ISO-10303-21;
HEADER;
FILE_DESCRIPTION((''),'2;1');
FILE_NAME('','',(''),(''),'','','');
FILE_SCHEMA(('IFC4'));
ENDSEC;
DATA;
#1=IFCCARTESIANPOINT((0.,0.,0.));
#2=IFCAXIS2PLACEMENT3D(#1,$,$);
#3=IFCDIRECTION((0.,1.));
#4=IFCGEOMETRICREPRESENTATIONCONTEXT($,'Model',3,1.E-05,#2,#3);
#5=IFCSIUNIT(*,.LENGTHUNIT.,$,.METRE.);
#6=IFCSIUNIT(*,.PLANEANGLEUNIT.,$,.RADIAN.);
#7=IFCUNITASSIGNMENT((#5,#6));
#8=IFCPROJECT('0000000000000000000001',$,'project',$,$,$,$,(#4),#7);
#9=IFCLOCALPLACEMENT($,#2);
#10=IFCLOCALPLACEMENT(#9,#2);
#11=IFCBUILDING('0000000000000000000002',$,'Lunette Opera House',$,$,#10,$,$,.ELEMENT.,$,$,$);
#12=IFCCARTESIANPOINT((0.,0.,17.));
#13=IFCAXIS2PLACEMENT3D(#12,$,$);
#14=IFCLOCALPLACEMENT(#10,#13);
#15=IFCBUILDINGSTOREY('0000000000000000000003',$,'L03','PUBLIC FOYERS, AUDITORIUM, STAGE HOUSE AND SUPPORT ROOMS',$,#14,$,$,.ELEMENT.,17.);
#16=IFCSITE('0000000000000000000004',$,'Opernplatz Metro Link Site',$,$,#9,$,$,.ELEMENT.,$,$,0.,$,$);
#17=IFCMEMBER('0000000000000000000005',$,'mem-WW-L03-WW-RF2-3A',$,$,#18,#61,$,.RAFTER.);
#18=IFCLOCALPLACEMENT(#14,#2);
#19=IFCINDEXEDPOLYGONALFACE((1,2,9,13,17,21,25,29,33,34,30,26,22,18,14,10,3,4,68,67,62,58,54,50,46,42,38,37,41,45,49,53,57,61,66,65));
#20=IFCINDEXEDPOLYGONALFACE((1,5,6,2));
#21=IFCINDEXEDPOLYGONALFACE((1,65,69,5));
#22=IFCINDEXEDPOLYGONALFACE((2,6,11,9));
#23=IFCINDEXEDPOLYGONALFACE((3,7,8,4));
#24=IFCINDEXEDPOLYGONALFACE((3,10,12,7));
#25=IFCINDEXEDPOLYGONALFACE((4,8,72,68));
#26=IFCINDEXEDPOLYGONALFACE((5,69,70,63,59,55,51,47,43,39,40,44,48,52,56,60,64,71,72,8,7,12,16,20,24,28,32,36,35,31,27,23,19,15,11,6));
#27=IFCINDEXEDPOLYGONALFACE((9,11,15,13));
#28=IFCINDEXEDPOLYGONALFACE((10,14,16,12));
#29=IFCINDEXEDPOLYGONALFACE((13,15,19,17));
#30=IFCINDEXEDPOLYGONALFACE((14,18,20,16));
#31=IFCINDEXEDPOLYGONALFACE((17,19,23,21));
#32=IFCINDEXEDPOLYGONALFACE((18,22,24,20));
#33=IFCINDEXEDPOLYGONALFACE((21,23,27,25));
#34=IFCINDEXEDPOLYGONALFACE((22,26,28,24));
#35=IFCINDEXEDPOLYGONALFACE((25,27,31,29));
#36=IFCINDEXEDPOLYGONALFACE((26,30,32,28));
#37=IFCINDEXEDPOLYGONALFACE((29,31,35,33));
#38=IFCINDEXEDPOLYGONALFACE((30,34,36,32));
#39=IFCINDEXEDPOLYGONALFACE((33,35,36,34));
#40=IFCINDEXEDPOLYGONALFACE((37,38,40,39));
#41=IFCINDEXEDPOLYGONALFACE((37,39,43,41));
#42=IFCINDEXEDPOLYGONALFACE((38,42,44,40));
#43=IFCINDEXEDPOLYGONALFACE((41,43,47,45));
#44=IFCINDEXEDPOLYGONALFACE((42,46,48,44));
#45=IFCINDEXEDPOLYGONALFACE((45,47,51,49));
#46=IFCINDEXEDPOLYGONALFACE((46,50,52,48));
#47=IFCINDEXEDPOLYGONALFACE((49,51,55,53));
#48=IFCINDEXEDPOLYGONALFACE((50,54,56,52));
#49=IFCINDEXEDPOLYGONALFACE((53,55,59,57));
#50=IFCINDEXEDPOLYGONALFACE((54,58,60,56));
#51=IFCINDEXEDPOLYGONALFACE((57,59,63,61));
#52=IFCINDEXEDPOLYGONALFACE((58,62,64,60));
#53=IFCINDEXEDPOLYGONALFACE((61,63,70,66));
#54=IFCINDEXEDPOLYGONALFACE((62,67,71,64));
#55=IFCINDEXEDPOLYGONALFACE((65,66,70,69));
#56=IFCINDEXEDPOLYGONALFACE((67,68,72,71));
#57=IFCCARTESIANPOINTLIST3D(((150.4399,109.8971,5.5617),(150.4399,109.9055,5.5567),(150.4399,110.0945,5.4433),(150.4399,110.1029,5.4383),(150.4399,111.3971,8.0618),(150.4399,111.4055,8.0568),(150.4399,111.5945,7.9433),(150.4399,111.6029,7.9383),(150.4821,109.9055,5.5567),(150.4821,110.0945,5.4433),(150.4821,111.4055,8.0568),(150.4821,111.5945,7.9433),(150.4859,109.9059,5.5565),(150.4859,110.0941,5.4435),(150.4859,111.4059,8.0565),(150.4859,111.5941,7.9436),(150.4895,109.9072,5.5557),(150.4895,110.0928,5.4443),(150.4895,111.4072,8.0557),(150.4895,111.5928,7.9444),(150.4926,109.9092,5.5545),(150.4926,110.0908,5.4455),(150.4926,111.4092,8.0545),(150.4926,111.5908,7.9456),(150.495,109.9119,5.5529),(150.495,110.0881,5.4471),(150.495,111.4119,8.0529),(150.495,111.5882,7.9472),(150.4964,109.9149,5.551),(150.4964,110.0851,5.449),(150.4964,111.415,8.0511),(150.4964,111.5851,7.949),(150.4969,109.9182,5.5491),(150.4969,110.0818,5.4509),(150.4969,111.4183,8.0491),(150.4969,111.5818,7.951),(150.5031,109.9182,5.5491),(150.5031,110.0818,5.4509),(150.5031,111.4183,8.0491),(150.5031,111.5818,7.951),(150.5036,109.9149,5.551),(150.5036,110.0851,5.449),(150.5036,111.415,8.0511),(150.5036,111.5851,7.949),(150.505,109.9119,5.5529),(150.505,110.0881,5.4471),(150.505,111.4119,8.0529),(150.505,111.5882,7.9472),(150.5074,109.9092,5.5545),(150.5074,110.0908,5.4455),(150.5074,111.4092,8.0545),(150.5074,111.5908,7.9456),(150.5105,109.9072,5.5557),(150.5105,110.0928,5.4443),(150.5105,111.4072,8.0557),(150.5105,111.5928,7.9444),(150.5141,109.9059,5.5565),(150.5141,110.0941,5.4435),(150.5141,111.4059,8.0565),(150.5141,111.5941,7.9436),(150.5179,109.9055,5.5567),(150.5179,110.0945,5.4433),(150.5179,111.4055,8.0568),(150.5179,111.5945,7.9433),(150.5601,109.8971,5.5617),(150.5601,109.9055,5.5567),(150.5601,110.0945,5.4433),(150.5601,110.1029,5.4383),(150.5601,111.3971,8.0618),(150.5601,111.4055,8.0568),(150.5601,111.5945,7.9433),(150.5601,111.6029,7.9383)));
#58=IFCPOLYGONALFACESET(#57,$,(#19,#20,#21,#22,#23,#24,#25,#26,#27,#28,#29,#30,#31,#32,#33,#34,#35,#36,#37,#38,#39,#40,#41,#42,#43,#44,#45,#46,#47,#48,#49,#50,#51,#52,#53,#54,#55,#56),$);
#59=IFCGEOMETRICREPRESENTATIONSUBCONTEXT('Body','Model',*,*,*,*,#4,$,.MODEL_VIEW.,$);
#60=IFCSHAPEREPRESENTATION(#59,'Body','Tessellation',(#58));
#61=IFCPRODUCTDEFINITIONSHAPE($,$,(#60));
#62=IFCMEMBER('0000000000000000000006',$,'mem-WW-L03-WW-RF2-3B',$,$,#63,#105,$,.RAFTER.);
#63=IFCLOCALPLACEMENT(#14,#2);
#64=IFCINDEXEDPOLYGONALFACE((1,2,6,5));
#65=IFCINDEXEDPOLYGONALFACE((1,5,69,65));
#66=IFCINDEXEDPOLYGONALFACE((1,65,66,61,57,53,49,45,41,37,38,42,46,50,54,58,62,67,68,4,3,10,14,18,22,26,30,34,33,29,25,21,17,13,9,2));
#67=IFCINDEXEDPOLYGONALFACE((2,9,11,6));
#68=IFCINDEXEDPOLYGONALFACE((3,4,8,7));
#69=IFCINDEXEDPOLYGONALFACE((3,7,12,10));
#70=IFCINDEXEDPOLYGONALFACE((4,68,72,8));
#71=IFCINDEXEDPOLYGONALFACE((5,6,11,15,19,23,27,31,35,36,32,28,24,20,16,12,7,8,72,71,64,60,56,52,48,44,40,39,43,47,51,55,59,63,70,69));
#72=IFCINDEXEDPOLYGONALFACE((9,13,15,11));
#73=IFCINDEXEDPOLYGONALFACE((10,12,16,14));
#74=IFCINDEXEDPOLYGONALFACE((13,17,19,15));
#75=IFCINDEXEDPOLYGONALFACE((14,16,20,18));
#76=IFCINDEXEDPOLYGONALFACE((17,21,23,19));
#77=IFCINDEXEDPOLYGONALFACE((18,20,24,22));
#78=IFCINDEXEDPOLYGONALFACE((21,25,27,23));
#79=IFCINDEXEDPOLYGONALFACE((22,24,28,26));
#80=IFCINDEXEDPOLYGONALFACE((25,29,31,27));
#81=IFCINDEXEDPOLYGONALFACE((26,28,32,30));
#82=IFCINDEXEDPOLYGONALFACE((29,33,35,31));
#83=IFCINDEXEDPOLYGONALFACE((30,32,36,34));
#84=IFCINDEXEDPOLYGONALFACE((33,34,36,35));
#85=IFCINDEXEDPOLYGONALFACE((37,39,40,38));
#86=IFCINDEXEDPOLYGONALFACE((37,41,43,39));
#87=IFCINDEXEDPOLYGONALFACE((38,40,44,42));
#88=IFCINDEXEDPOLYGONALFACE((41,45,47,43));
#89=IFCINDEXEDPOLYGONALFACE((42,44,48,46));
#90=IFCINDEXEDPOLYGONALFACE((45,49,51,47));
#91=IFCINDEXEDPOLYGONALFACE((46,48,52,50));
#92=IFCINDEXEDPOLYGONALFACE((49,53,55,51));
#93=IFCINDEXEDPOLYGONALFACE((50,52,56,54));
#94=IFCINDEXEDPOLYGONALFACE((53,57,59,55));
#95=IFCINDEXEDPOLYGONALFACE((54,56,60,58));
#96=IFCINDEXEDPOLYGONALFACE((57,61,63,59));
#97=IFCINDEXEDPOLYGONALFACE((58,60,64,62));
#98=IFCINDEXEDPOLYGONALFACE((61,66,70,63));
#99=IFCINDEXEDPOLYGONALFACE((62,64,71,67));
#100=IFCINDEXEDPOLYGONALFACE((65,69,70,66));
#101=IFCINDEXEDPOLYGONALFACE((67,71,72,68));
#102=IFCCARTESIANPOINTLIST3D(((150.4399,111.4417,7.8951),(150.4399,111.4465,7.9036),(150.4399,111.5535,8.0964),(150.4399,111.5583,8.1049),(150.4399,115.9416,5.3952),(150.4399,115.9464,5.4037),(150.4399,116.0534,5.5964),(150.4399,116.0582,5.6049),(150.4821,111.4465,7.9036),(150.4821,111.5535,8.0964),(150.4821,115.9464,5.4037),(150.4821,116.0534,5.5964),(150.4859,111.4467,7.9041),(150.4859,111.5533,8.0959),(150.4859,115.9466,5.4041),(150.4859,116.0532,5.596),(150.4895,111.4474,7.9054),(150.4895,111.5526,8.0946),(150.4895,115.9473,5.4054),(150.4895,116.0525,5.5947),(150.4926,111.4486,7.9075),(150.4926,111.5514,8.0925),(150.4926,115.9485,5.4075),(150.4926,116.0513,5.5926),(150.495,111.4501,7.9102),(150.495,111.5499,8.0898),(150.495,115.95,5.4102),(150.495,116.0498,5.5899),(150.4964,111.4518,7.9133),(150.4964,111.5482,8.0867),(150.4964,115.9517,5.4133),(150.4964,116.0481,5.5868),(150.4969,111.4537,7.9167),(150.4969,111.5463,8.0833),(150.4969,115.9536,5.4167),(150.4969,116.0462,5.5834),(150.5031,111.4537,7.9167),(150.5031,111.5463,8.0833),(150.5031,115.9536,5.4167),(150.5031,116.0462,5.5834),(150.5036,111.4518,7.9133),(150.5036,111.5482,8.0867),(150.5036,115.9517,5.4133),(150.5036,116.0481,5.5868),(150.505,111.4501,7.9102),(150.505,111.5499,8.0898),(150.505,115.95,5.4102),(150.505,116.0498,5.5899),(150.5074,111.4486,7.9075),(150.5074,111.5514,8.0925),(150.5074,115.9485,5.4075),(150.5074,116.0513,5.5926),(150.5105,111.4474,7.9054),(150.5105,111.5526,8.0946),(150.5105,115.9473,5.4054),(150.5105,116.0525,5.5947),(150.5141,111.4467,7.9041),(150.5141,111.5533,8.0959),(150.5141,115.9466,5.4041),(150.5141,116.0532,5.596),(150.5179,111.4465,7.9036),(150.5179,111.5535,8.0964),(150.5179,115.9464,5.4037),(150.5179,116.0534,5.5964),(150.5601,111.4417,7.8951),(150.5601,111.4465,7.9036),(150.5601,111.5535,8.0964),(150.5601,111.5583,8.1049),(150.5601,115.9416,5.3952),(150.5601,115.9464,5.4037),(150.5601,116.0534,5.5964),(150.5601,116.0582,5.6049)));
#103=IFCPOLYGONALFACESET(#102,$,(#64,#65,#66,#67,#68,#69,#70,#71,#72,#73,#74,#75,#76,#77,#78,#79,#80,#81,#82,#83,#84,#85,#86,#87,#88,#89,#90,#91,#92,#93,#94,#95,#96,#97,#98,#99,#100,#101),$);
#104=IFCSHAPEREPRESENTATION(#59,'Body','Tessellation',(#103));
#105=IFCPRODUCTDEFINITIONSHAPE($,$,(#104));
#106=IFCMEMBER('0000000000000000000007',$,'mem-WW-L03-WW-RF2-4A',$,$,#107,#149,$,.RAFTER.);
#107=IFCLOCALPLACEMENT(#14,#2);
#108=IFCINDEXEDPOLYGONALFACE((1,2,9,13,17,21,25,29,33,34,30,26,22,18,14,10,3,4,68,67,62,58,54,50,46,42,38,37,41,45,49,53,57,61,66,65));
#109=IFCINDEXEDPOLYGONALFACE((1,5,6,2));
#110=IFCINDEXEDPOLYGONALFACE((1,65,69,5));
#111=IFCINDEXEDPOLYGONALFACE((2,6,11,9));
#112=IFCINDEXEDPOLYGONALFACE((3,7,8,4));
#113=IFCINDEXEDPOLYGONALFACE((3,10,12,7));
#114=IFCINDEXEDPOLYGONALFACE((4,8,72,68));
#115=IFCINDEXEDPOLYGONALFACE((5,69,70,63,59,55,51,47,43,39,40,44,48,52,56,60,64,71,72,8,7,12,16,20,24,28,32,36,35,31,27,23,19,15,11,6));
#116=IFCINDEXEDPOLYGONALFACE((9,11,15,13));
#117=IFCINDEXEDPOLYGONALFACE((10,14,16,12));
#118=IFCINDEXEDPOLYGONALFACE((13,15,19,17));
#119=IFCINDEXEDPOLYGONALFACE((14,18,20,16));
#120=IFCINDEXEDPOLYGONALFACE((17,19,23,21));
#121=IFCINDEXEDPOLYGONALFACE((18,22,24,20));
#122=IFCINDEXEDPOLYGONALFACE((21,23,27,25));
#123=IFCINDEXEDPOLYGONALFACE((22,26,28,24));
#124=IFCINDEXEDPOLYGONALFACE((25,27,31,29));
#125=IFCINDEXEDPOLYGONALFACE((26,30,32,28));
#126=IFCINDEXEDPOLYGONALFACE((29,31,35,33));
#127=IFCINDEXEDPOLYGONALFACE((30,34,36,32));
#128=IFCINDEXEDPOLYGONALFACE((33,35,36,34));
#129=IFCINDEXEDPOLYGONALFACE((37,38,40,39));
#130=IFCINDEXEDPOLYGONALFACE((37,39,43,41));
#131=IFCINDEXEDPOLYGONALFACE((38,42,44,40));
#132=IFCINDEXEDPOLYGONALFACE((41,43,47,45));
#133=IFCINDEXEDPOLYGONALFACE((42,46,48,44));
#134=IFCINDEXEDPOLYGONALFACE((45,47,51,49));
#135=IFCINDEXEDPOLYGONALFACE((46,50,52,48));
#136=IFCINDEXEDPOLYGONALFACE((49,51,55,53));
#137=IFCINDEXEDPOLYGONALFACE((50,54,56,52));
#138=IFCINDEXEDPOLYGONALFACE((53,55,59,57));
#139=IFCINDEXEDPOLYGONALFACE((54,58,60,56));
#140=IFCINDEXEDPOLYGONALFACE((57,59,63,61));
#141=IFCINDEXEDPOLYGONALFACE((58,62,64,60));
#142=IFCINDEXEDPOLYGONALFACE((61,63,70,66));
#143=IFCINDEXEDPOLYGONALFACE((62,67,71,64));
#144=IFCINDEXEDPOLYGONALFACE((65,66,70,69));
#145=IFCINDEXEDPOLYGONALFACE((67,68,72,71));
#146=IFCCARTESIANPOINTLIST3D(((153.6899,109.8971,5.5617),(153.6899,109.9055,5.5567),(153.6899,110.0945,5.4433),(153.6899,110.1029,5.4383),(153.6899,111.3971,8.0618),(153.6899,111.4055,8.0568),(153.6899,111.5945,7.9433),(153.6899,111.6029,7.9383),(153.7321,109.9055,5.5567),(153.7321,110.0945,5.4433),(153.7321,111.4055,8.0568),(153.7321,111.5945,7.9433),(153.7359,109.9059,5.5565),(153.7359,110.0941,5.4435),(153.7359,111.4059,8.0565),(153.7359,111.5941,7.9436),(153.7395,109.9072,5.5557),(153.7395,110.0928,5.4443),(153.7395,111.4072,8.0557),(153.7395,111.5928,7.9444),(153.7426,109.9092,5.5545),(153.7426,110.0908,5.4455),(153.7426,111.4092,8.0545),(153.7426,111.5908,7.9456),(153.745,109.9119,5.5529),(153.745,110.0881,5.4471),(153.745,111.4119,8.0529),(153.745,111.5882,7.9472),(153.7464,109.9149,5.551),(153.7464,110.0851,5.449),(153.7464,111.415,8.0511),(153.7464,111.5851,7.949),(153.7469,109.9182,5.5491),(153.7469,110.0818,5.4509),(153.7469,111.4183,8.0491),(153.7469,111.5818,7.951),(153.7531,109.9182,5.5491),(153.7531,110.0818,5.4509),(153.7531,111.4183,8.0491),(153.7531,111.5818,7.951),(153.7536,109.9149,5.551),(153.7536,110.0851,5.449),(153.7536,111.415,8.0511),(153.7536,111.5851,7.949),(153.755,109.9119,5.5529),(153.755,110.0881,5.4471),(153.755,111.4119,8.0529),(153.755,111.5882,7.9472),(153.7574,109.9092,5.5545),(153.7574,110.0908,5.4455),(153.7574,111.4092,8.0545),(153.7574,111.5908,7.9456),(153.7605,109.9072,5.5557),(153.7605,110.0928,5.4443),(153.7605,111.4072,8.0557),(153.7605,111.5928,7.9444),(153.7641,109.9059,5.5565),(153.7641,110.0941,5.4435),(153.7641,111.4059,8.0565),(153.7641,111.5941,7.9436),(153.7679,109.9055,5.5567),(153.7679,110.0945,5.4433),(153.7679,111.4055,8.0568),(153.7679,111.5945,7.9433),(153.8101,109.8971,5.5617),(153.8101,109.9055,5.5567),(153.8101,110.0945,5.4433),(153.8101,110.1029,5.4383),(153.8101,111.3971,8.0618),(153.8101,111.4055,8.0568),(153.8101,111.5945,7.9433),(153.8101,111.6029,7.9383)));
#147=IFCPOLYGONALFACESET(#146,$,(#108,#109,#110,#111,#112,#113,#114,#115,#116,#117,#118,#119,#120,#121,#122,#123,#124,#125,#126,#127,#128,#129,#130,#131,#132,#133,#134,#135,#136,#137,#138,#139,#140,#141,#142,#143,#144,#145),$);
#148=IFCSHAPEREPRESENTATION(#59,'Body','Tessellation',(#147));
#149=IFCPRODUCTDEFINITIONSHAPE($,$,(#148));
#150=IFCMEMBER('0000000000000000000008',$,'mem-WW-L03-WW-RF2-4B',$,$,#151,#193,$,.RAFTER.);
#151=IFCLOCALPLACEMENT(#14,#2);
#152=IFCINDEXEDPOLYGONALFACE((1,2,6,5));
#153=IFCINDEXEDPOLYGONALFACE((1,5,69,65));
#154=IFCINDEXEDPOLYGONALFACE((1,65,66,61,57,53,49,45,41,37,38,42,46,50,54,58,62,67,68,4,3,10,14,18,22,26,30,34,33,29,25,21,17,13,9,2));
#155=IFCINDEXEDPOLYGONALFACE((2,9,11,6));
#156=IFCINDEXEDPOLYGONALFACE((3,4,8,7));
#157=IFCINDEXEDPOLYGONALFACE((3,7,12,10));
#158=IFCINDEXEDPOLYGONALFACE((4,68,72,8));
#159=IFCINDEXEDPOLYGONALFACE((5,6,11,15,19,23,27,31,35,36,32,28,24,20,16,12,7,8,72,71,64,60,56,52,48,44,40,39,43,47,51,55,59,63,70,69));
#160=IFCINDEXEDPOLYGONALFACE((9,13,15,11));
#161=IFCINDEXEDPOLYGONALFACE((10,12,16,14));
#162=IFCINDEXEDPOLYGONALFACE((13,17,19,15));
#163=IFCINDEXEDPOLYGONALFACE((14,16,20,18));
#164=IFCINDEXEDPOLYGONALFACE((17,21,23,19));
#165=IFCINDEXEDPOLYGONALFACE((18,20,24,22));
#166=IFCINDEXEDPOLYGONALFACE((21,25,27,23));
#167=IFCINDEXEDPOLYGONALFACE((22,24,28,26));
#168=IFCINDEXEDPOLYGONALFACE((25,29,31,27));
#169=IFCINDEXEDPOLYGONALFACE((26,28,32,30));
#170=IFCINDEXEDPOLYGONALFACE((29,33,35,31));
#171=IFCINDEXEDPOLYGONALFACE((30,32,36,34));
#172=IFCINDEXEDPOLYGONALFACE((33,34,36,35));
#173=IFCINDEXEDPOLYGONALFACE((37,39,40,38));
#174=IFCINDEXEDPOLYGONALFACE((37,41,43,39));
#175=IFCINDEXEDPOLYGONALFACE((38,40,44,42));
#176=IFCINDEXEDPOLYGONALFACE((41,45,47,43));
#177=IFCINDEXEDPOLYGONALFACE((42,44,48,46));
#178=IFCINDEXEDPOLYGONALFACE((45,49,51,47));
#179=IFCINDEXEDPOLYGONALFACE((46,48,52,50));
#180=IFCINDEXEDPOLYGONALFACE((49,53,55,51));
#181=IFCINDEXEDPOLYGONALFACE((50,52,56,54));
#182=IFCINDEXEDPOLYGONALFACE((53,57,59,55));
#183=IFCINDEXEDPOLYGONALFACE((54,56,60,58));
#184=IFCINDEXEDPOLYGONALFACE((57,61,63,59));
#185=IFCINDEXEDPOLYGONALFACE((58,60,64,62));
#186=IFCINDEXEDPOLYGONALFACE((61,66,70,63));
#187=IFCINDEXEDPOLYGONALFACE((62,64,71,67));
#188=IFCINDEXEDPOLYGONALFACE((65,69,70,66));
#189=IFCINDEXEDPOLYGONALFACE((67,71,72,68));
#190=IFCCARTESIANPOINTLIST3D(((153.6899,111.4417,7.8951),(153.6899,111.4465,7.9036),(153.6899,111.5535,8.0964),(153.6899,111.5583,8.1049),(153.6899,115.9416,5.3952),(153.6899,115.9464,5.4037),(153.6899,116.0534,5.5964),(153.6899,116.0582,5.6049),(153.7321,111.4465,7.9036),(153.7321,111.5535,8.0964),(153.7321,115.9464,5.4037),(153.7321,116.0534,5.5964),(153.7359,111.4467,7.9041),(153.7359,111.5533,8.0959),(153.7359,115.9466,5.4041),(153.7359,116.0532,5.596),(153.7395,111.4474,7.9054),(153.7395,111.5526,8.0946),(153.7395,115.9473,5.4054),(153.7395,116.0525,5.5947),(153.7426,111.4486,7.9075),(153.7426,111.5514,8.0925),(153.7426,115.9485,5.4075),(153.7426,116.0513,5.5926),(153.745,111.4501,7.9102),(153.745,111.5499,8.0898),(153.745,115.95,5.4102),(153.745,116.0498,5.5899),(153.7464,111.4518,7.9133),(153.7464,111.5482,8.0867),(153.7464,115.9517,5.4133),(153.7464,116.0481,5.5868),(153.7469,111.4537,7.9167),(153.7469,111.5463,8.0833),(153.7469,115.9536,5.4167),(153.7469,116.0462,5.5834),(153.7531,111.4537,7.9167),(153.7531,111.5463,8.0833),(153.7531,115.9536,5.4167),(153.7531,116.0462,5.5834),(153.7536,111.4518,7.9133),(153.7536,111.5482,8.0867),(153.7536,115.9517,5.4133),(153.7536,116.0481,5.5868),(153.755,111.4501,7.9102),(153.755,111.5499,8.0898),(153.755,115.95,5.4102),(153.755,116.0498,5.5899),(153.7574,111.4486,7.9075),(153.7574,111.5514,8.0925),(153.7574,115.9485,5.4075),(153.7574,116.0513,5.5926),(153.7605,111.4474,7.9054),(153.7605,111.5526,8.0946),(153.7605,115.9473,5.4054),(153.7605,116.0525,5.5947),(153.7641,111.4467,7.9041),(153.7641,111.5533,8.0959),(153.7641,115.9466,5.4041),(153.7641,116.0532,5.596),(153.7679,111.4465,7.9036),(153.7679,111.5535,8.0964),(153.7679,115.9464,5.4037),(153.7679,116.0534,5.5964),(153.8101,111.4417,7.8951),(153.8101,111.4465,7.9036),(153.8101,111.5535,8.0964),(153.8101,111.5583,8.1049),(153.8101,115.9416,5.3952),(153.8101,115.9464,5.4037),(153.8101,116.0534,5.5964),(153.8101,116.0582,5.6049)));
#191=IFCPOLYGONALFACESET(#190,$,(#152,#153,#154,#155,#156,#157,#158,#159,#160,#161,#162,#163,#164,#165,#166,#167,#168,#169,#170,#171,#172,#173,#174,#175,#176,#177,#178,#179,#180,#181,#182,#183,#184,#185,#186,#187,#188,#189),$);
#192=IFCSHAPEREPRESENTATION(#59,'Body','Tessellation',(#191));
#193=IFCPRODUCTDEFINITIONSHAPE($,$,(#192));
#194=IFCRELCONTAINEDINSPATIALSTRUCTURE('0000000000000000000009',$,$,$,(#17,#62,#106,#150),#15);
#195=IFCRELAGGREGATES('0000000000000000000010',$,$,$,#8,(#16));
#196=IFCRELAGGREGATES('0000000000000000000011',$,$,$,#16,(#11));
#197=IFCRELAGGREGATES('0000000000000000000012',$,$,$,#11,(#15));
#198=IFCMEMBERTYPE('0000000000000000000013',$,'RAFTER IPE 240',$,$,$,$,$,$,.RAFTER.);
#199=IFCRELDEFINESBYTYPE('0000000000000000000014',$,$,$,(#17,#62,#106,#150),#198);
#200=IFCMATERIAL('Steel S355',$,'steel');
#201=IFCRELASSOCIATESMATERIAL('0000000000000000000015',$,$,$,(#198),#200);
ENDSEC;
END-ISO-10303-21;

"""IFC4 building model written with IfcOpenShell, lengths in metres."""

from ifc_helpers import new_model, si_unit, direction, frame, origin, origin_2d, place, context, subcontext, project, spatial, i_section, extrude, material, material_profile, profile_set, type_object, element, save


model = new_model("IFC4")

# Units and contexts
model_context = context("Model", 3, precision=1e-05, world=origin(), true_north=direction((0.0, 1.0)))
body_context = subcontext(model_context, "Body", "Model", "MODEL_VIEW")
ifc_project = project(units=[si_unit("LENGTHUNIT", "METRE"), si_unit("PLANEANGLEUNIT", "RADIAN")], contexts=[model_context])

# Site, building, storey
site_placement = place(None, origin())
site = spatial("IfcSite", under=ifc_project, at=site_placement, Name="Opernplatz Metro Link Site", CompositionType="ELEMENT", RefElevation=0.0)
building_placement = place(site_placement, origin())
building = spatial("IfcBuilding", under=site, at=building_placement, Name="Lunette Opera House", CompositionType="ELEMENT")
storey_placement = place(building_placement, frame((0.0, 0.0, 17.0)))
storey = spatial("IfcBuildingStorey", under=building, at=storey_placement, Name="L03", Description="PUBLIC FOYERS, AUDITORIUM, STAGE HOUSE AND SUPPORT ROOMS", CompositionType="ELEMENT", Elevation=17.0)

# Members
ifc_material_1 = material(Name="Steel S355", Category="steel")
ifc_material_profile_1 = material_profile(ifc_material_1, i_section(OverallWidth=0.1201, OverallDepth=0.24, WebThickness=0.0061, FlangeThickness=0.0098, FilletRadius=0.0149, at=origin_2d()), Name="IPE 240")
ifc_profile_set_1 = profile_set([ifc_material_profile_1], Name="Steel S355")
member_type_1 = type_object("IfcMemberType", Name="RAFTER IPE 240", PredefinedType="RAFTER", material=ifc_profile_set_1)
member_1_placement = place(storey_placement, frame((150.5, 110.0, 5.5), z_axis=(0.0, 0.514496, 0.857493), x_axis=(-1.0, 0.0, 0.0)))
element("IfcMember", 1, at=member_1_placement, inside=storey, type_object=member_type_1, Name="mem-WW-L03-WW-RF2-3A", PredefinedType="RAFTER", context=body_context, shape_type="SweptSolid", body=[
    extrude(i_section(OverallWidth=0.1201, OverallDepth=0.24, WebThickness=0.0061, FlangeThickness=0.0098, FilletRadius=0.0149, at=origin_2d()), origin(), (0.0, 0.0, 1.0), 2.9155),
])
member_2_placement = place(storey_placement, frame((150.5, 111.5, 8.0), z_axis=(0.0, 0.874157, -0.485643), x_axis=(-1.0, 0.0, 0.0)))
element("IfcMember", 2, at=member_2_placement, inside=storey, type_object=member_type_1, Name="mem-WW-L03-WW-RF2-3B", PredefinedType="RAFTER", context=body_context, shape_type="SweptSolid", body=[
    extrude(i_section(OverallWidth=0.1201, OverallDepth=0.24, WebThickness=0.0061, FlangeThickness=0.0098, FilletRadius=0.0149, at=origin_2d()), origin(), (0.0, 0.0, 1.0), 5.1477),
])
member_3_placement = place(storey_placement, frame((153.75, 110.0, 5.5), z_axis=(0.0, 0.514496, 0.857493), x_axis=(-1.0, 0.0, 0.0)))
element("IfcMember", 3, at=member_3_placement, inside=storey, type_object=member_type_1, Name="mem-WW-L03-WW-RF2-4A", PredefinedType="RAFTER", context=body_context, shape_type="SweptSolid", body=[
    extrude(i_section(OverallWidth=0.1201, OverallDepth=0.24, WebThickness=0.0061, FlangeThickness=0.0098, FilletRadius=0.0149, at=origin_2d()), origin(), (0.0, 0.0, 1.0), 2.9155),
])
member_4_placement = place(storey_placement, frame((153.75, 111.5, 8.0), z_axis=(0.0, 0.874157, -0.485643), x_axis=(-1.0, 0.0, 0.0)))
element("IfcMember", 4, at=member_4_placement, inside=storey, type_object=member_type_1, Name="mem-WW-L03-WW-RF2-4B", PredefinedType="RAFTER", context=body_context, shape_type="SweptSolid", body=[
    extrude(i_section(OverallWidth=0.1201, OverallDepth=0.24, WebThickness=0.0061, FlangeThickness=0.0098, FilletRadius=0.0149, at=origin_2d()), origin(), (0.0, 0.0, 1.0), 5.1477),
])

save(model, "model.ifc")
